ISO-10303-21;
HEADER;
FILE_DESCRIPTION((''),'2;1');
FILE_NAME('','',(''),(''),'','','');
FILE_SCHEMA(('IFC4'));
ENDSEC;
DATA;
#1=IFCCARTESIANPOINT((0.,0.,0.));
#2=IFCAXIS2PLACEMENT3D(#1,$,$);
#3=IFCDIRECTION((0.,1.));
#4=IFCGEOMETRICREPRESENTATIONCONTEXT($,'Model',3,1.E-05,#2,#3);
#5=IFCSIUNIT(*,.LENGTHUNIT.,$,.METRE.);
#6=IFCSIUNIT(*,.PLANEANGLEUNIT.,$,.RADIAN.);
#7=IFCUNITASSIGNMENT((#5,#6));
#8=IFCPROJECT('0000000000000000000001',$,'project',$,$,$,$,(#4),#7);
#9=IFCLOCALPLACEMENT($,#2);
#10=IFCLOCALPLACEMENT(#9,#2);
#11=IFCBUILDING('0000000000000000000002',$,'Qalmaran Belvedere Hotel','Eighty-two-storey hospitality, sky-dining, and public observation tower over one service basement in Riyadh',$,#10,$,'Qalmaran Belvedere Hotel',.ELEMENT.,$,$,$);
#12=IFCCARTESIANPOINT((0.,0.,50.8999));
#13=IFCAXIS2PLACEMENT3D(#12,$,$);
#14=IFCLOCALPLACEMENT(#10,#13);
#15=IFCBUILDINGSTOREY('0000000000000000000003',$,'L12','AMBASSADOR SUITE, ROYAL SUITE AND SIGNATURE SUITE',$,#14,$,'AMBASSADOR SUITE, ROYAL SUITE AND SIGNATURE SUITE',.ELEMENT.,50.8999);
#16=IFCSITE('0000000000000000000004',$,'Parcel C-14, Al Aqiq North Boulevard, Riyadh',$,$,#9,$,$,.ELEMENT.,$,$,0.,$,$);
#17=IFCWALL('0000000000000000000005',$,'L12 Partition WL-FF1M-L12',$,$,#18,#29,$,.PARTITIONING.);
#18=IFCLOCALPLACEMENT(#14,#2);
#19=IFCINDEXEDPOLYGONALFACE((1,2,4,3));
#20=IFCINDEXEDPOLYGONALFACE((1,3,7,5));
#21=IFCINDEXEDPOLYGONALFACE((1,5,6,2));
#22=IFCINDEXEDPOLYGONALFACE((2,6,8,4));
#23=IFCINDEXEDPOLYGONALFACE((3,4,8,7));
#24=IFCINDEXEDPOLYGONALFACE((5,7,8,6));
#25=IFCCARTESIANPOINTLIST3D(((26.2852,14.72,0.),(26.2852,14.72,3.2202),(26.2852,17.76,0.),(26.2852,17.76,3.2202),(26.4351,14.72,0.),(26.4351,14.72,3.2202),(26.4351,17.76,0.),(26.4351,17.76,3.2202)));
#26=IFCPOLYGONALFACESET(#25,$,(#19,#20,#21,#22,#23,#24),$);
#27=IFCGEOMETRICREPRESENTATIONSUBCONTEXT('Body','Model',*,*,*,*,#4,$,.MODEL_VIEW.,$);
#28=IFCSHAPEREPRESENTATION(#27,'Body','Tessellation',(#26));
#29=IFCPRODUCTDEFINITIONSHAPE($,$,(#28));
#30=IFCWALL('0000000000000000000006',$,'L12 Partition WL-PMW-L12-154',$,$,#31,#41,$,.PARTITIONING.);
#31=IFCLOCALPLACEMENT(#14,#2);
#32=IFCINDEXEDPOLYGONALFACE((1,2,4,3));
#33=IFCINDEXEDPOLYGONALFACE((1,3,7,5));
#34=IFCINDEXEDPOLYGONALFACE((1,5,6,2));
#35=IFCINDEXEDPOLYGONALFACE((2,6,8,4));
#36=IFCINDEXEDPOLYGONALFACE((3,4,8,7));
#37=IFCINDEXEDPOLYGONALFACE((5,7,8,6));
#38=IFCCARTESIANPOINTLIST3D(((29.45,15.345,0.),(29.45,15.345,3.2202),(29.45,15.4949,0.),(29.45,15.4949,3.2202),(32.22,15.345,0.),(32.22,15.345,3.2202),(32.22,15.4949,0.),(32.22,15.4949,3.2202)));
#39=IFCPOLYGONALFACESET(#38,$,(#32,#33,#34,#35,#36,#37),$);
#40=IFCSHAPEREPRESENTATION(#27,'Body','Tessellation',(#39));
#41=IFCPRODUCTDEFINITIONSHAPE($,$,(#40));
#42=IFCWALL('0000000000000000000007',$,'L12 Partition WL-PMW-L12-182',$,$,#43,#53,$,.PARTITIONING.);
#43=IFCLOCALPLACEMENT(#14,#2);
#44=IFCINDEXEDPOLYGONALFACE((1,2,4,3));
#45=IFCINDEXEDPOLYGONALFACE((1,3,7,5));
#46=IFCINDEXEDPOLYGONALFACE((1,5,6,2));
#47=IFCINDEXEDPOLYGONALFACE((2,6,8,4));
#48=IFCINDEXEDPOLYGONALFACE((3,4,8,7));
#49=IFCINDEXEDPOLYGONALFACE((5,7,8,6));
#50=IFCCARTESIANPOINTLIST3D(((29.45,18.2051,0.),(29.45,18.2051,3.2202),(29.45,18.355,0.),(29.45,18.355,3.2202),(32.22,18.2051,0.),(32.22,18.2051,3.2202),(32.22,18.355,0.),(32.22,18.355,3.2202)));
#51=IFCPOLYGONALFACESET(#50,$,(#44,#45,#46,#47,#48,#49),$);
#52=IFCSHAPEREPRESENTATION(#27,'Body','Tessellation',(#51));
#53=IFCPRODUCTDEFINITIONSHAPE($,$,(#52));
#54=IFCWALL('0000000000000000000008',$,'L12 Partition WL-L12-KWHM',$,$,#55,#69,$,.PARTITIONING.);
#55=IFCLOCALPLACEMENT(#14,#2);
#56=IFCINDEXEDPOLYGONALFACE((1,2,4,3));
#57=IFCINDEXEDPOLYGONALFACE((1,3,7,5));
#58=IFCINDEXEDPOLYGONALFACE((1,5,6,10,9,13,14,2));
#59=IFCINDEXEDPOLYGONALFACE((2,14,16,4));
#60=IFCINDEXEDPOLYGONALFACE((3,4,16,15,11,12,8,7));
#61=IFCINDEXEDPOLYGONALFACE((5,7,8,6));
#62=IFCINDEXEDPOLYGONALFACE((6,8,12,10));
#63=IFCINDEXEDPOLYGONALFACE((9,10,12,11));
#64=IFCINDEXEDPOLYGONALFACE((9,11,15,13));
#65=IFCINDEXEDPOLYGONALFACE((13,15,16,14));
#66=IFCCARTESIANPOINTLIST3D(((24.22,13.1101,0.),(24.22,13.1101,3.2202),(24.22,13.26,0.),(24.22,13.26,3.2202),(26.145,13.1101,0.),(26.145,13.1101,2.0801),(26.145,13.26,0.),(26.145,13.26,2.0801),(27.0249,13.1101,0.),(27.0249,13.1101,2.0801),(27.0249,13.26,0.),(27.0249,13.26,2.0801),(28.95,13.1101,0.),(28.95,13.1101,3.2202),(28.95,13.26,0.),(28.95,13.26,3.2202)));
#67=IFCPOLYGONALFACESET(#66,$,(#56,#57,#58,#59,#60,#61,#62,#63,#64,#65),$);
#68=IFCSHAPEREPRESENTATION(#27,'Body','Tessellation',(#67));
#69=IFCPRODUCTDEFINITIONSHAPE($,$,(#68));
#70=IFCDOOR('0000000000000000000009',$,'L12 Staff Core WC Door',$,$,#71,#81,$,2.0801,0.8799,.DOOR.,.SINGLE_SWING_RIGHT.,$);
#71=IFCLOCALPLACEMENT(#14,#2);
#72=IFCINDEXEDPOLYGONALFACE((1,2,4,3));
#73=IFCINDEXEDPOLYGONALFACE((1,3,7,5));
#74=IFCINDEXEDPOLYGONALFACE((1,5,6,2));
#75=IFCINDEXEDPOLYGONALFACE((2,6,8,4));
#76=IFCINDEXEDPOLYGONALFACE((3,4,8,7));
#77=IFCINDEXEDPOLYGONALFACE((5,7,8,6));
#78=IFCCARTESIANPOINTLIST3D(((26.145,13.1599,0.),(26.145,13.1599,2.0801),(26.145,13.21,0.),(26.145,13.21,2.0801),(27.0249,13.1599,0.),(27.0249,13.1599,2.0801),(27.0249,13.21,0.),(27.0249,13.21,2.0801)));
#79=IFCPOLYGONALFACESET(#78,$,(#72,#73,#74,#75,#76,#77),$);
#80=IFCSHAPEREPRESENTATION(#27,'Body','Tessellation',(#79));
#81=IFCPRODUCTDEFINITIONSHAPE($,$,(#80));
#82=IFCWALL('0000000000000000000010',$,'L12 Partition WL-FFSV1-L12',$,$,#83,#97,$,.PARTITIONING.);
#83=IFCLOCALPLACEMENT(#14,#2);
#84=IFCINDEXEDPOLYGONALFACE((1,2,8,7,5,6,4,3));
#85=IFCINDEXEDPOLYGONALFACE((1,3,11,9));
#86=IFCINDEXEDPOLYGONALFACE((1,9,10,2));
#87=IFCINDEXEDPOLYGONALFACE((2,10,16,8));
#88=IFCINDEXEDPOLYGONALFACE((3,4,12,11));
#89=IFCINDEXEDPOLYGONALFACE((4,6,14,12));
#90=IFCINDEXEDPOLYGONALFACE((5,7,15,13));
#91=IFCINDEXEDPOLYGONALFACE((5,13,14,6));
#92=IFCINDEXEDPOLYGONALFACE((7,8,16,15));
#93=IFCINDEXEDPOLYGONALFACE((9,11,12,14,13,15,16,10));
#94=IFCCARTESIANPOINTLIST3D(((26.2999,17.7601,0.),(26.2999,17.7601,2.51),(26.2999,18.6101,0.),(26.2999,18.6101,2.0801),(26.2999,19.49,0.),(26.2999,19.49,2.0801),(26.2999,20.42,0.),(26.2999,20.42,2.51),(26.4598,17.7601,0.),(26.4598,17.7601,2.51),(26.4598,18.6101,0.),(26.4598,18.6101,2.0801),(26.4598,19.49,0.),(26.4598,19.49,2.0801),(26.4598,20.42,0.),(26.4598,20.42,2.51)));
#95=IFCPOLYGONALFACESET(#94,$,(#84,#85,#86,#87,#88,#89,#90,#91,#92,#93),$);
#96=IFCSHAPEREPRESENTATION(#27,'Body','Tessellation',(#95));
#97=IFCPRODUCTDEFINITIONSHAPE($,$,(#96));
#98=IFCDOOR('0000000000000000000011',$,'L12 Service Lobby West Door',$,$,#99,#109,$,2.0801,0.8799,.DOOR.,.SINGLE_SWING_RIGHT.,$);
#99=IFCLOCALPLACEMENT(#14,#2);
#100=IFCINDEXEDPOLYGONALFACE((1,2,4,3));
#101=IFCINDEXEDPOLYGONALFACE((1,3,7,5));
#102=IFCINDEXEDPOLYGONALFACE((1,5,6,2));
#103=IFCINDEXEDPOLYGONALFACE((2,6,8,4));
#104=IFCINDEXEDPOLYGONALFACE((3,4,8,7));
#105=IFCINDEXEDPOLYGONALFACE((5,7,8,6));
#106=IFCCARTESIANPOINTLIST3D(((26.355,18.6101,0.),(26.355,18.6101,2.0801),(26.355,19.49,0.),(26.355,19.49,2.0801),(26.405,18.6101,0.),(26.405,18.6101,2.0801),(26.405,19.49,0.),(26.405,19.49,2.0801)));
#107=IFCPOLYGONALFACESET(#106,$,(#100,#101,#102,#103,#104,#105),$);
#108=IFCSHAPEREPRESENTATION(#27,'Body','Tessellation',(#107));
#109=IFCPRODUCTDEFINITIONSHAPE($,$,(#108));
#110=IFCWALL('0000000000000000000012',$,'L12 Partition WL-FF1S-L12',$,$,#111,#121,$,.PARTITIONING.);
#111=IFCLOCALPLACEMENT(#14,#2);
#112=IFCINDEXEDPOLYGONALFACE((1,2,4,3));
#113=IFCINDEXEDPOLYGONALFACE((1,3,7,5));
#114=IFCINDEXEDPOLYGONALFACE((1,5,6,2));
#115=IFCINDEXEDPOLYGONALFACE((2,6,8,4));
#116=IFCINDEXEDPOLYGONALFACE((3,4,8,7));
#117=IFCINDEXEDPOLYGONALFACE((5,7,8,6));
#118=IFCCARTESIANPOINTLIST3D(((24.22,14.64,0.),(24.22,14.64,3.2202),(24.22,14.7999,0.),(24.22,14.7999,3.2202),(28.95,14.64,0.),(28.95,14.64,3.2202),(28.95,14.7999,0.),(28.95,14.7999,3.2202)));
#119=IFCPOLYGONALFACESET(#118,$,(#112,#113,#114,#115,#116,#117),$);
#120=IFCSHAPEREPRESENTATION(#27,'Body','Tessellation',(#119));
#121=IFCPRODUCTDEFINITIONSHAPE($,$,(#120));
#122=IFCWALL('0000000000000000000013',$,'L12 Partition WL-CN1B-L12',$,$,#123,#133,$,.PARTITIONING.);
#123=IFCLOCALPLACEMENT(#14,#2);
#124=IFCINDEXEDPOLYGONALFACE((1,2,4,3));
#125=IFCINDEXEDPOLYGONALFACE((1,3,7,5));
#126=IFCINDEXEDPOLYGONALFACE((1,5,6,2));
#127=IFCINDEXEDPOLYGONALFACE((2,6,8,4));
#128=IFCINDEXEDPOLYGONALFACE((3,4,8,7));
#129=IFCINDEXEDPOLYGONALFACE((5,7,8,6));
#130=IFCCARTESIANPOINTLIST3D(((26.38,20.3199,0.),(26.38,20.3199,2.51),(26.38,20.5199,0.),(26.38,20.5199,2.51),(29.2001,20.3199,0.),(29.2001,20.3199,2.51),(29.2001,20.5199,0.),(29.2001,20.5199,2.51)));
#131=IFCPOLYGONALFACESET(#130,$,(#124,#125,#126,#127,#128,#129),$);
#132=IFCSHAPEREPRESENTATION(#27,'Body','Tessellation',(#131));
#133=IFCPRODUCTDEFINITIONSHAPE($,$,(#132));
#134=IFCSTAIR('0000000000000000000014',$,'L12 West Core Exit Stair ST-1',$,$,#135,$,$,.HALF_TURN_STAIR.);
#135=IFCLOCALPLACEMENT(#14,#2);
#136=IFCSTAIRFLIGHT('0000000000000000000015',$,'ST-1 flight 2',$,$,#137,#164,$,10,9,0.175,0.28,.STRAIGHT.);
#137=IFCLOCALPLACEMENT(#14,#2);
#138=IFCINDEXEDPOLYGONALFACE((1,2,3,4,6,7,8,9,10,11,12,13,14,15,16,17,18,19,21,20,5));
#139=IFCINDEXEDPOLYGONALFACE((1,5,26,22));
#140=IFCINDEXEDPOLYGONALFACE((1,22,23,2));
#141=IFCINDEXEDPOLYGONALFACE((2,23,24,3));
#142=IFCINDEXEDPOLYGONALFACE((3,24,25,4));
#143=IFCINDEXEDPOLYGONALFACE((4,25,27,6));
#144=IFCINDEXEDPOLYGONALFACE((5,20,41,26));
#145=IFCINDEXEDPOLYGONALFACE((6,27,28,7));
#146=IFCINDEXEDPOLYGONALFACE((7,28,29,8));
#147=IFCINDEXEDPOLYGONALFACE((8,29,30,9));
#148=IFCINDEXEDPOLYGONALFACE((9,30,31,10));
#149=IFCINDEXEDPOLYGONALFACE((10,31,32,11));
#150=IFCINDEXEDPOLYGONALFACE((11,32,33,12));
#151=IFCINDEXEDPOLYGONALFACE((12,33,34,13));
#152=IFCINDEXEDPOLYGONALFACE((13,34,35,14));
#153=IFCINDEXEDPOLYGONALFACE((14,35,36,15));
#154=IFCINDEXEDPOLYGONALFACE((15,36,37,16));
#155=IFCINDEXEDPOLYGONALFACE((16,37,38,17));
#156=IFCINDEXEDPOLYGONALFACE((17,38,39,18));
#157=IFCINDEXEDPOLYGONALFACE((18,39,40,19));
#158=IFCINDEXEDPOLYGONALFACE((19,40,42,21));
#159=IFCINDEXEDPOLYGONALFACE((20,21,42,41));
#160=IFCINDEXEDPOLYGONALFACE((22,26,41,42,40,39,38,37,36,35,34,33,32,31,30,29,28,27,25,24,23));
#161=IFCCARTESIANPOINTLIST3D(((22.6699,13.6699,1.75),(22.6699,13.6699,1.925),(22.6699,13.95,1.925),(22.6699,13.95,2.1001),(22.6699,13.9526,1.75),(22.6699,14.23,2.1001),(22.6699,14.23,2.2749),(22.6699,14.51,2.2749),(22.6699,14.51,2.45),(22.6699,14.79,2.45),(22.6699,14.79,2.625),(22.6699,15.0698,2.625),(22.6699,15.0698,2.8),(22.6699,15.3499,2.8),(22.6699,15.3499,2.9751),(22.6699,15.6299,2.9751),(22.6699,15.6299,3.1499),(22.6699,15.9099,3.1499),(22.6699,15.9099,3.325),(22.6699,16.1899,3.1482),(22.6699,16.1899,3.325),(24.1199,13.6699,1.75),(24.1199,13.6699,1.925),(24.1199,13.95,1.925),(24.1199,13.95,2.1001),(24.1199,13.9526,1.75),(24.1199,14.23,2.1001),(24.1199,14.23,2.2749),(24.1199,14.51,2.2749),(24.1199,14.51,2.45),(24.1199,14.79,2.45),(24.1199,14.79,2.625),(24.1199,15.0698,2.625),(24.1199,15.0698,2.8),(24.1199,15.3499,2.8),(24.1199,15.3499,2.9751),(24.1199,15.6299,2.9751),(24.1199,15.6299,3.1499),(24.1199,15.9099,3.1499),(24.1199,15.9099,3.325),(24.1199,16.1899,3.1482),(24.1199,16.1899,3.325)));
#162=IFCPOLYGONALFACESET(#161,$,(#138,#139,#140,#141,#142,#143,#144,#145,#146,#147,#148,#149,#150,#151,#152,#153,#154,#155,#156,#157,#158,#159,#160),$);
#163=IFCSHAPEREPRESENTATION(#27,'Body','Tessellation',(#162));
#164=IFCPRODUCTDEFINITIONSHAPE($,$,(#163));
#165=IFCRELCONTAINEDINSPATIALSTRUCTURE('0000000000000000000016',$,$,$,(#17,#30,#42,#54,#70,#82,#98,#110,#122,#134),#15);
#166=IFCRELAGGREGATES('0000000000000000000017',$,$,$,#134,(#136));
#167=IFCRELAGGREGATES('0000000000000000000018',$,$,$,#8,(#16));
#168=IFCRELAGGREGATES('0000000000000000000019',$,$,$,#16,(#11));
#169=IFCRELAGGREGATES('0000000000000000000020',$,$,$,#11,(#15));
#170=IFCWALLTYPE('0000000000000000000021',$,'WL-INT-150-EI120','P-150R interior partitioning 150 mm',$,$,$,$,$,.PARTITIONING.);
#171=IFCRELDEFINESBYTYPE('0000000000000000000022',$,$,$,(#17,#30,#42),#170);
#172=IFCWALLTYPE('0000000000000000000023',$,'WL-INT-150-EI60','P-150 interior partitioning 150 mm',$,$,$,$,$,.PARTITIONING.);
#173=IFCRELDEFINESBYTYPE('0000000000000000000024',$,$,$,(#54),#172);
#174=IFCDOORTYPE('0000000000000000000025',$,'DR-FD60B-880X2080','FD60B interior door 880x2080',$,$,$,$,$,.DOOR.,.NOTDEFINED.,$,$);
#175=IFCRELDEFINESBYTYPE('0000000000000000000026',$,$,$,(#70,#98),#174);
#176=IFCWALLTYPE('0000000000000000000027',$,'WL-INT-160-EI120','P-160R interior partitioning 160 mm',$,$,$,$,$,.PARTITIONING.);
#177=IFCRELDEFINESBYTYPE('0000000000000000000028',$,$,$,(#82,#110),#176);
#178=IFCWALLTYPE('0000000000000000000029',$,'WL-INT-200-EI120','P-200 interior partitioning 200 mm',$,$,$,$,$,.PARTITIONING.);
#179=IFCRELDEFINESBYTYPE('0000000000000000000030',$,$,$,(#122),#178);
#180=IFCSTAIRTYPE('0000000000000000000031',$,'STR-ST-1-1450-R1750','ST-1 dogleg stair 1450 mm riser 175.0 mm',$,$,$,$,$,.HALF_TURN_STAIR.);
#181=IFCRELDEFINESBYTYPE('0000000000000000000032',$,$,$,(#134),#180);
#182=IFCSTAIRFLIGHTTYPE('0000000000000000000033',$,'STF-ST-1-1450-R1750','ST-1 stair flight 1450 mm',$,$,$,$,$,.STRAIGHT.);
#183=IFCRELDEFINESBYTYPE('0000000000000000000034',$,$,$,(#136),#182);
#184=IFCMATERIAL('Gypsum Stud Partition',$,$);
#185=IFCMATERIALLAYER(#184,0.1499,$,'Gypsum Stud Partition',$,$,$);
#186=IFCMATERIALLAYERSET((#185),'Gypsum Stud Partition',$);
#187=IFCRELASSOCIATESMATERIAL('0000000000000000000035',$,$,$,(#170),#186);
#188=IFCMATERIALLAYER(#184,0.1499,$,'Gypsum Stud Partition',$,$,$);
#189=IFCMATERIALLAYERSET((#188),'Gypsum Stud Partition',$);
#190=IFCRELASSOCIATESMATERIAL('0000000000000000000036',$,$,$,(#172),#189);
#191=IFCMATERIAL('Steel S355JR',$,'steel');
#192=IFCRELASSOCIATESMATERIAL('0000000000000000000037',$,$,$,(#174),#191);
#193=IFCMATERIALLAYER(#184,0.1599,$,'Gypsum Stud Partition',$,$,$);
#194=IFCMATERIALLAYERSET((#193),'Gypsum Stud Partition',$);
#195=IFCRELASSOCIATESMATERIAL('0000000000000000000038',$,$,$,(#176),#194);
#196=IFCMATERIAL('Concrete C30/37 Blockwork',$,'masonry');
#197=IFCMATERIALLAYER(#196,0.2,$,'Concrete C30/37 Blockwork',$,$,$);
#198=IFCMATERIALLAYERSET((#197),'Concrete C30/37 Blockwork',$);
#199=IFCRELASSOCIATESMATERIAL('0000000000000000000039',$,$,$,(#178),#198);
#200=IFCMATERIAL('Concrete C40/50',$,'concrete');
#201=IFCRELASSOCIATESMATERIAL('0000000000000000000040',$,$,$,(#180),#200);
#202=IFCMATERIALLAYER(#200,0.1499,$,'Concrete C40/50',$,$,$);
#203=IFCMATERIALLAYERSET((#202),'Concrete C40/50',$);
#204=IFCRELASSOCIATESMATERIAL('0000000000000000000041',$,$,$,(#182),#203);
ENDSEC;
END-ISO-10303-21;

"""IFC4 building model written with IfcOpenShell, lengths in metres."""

from ifc_helpers import new_model, si_unit, direction, frame, frame_2d, origin, place, context, subcontext, project, spatial, polyline, rectangle, outline, extrude, material, layer, layer_set, type_object, element, fill, aggregate, save


model = new_model("IFC4")

# Units and contexts
model_context = context("Model", 3, precision=1e-05, world=origin(), true_north=direction((0.0, 1.0)))
body_context = subcontext(model_context, "Body", "Model", "MODEL_VIEW")
ifc_project = project(units=[si_unit("LENGTHUNIT", "METRE"), si_unit("PLANEANGLEUNIT", "RADIAN")], contexts=[model_context])

# Site, building, storey
site_placement = place(None, origin())
site = spatial("IfcSite", under=ifc_project, at=site_placement, Name="Parcel C-14, Al Aqiq North Boulevard, Riyadh", CompositionType="ELEMENT", RefElevation=0.0)
building_placement = place(site_placement, origin())
building = spatial("IfcBuilding", under=site, at=building_placement, Name="Qalmaran Belvedere Hotel", Description="Eighty-two-storey hospitality, sky-dining, and public observation tower over one service basement in Riyadh", LongName="Qalmaran Belvedere Hotel", CompositionType="ELEMENT")
storey_placement = place(building_placement, frame((0.0, 0.0, 50.8999)))
storey = spatial("IfcBuildingStorey", under=building, at=storey_placement, Name="L12", Description="AMBASSADOR SUITE, ROYAL SUITE AND SIGNATURE SUITE", LongName="AMBASSADOR SUITE, ROYAL SUITE AND SIGNATURE SUITE", CompositionType="ELEMENT", Elevation=50.8999)

# Walls
ifc_material_1 = material(Name="Gypsum Stud Partition")
ifc_layer_1 = layer(ifc_material_1, 0.1499, Name="Gypsum Stud Partition")
ifc_layer_set_1 = layer_set([ifc_layer_1], Name="Gypsum Stud Partition")
wall_type_1 = type_object("IfcWallType", Name="WL-INT-150-EI120", Description="P-150R interior partitioning 150 mm", PredefinedType="PARTITIONING", material=ifc_layer_set_1)
wall_1_placement = place(storey_placement, frame((26.3601, 14.72, 0.0), z_axis=(0.0, 0.0, 1.0), x_axis=(0.0, 1.0, 0.0)))
element("IfcWall", 1, at=wall_1_placement, inside=storey, type_object=wall_type_1, Name="L12 Partition WL-FF1M-L12", PredefinedType="PARTITIONING", context=body_context, shape_type="SweptSolid", body=[
    extrude(rectangle(XDim=3.04, YDim=0.1499, at=frame_2d((1.52, 0.0))), origin(), (0.0, 0.0, 1.0), 3.2202),
])
for number, where, z_axis, x_axis, name in (
    (2, (29.45, 15.4199, 0.0), (0.0, 0.0, 1.0), (1.0, 0.0, 0.0), "L12 Partition WL-PMW-L12-154"),
    (3, (29.45, 18.28, 0.0), (0.0, 0.0, 1.0), (1.0, 0.0, 0.0), "L12 Partition WL-PMW-L12-182"),
):
    element("IfcWall", number, at=place(storey_placement, frame(where, z_axis=z_axis, x_axis=x_axis)), inside=storey, type_object=wall_type_1, Name=name, PredefinedType="PARTITIONING", context=body_context, shape_type="SweptSolid", body=[
        extrude(rectangle(XDim=2.77, YDim=0.1499, at=frame_2d((1.385, 0.0))), origin(), (0.0, 0.0, 1.0), 3.2202),
    ])

# Walls, openings, doors
ifc_layer_2 = layer(ifc_material_1, 0.1499, Name="Gypsum Stud Partition")
ifc_layer_set_2 = layer_set([ifc_layer_2], Name="Gypsum Stud Partition")
wall_type_2 = type_object("IfcWallType", Name="WL-INT-150-EI60", Description="P-150 interior partitioning 150 mm", PredefinedType="PARTITIONING", material=ifc_layer_set_2)
wall_2_placement = place(storey_placement, frame((24.22, 13.1851, 0.0), z_axis=(0.0, 0.0, 1.0), x_axis=(1.0, 0.0, 0.0)))
wall_2 = element("IfcWall", 4, at=wall_2_placement, inside=storey, type_object=wall_type_2, Name="L12 Partition WL-L12-KWHM", PredefinedType="PARTITIONING", context=body_context, shape_type="SweptSolid", body=[
    extrude(rectangle(XDim=4.73, YDim=0.1499, at=frame_2d((2.365, 0.0))), origin(), (0.0, 0.0, 1.0), 3.2202),
])
opening_1_placement = place(wall_2_placement, frame((1.925, 0.0, 0.0)))
opening_1 = element("IfcOpeningElement", 5, at=opening_1_placement, cuts=wall_2, PredefinedType="OPENING", context=body_context, shape_type="SweptSolid", body=[
    extrude(rectangle(XDim=0.8799, YDim=2.0801, at=frame_2d((0.4399, 1.04))), frame((0.0, 0.085, 0.0), z_axis=(0.0, -1.0, 0.0), x_axis=(1.0, 0.0, 0.0)), (0.0, 0.0, 1.0), 0.1699),
])
ifc_material_2 = material(Name="Steel S355JR", Category="steel")
door_type_1 = type_object("IfcDoorType", Name="DR-FD60B-880X2080", Description="FD60B interior door 880x2080", OperationType="NOTDEFINED", PredefinedType="DOOR", material=ifc_material_2)
door_1_placement = place(opening_1_placement, origin())
door_1 = element("IfcDoor", 6, at=door_1_placement, inside=storey, type_object=door_type_1, Name="L12 Staff Core WC Door", OperationType="SINGLE_SWING_RIGHT", OverallHeight=2.0801, OverallWidth=0.8799, PredefinedType="DOOR", context=body_context, shape_type="SweptSolid", body=[
    extrude(rectangle(XDim=0.8799, YDim=2.0801, at=frame_2d((0.4399, 1.04))), frame((0.0, 0.0249, 0.0), z_axis=(0.0, -1.0, 0.0), x_axis=(1.0, 0.0, 0.0)), (0.0, 0.0, 1.0), 0.05),
])
fill(opening_1, door_1)
ifc_layer_3 = layer(ifc_material_1, 0.1599, Name="Gypsum Stud Partition")
ifc_layer_set_3 = layer_set([ifc_layer_3], Name="Gypsum Stud Partition")
wall_type_3 = type_object("IfcWallType", Name="WL-INT-160-EI120", Description="P-160R interior partitioning 160 mm", PredefinedType="PARTITIONING", material=ifc_layer_set_3)
wall_3_placement = place(storey_placement, frame((26.3799, 17.76, 0.0), z_axis=(0.0, 0.0, 1.0), x_axis=(0.0, 1.0, 0.0)))
wall_3 = element("IfcWall", 7, at=wall_3_placement, inside=storey, type_object=wall_type_3, Name="L12 Partition WL-FFSV1-L12", PredefinedType="PARTITIONING", context=body_context, shape_type="SweptSolid", body=[
    extrude(rectangle(XDim=2.6599, YDim=0.1599, at=frame_2d((1.3301, 0.0))), origin(), (0.0, 0.0, 1.0), 2.51),
])
opening_2_placement = place(wall_3_placement, frame((0.8501, 0.0, 0.0)))
opening_2 = element("IfcOpeningElement", 8, at=opening_2_placement, cuts=wall_3, PredefinedType="OPENING", context=body_context, shape_type="SweptSolid", body=[
    extrude(rectangle(XDim=0.8799, YDim=2.0801, at=frame_2d((0.4399, 1.04))), frame((0.0, 0.0898, 0.0), z_axis=(0.0, -1.0, 0.0), x_axis=(1.0, 0.0, 0.0)), (0.0, 0.0, 1.0), 0.1799),
])
door_2_placement = place(opening_2_placement, origin())
door_2 = element("IfcDoor", 9, at=door_2_placement, inside=storey, type_object=door_type_1, Name="L12 Service Lobby West Door", OperationType="SINGLE_SWING_RIGHT", OverallHeight=2.0801, OverallWidth=0.8799, PredefinedType="DOOR", context=body_context, shape_type="SweptSolid", body=[
    extrude(rectangle(XDim=0.8799, YDim=2.0801, at=frame_2d((0.4399, 1.04))), frame((0.0, 0.0249, 0.0), z_axis=(0.0, -1.0, 0.0), x_axis=(1.0, 0.0, 0.0)), (0.0, 0.0, 1.0), 0.05),
])
fill(opening_2, door_2)

# Walls
wall_4_placement = place(storey_placement, frame((24.22, 14.72, 0.0), z_axis=(0.0, 0.0, 1.0), x_axis=(1.0, 0.0, 0.0)))
element("IfcWall", 10, at=wall_4_placement, inside=storey, type_object=wall_type_3, Name="L12 Partition WL-FF1S-L12", PredefinedType="PARTITIONING", context=body_context, shape_type="SweptSolid", body=[
    extrude(rectangle(XDim=4.73, YDim=0.1599, at=frame_2d((2.365, 0.0))), origin(), (0.0, 0.0, 1.0), 3.2202),
])
ifc_material_3 = material(Name="Concrete C30/37 Blockwork", Category="masonry")
ifc_layer_4 = layer(ifc_material_3, 0.2, Name="Concrete C30/37 Blockwork")
ifc_layer_set_4 = layer_set([ifc_layer_4], Name="Concrete C30/37 Blockwork")
wall_type_4 = type_object("IfcWallType", Name="WL-INT-200-EI120", Description="P-200 interior partitioning 200 mm", PredefinedType="PARTITIONING", material=ifc_layer_set_4)
wall_5_placement = place(storey_placement, frame((26.3799, 20.4199, 0.0), z_axis=(0.0, 0.0, 1.0), x_axis=(1.0, 0.0, 0.0)))
element("IfcWall", 11, at=wall_5_placement, inside=storey, type_object=wall_type_4, Name="L12 Partition WL-CN1B-L12", PredefinedType="PARTITIONING", context=body_context, shape_type="SweptSolid", body=[
    extrude(rectangle(XDim=2.8201, YDim=0.2, at=frame_2d((1.4102, 0.0))), origin(), (0.0, 0.0, 1.0), 2.51),
])

# Stair, stair flight
ifc_material_4 = material(Name="Concrete C40/50", Category="concrete")
stair_type = type_object("IfcStairType", Name="STR-ST-1-1450-R1750", Description="ST-1 dogleg stair 1450 mm riser 175.0 mm", PredefinedType="HALF_TURN_STAIR", material=ifc_material_4)
stair_placement = place(storey_placement, origin())
stair = element("IfcStair", 12, at=stair_placement, inside=storey, type_object=stair_type, Name="L12 West Core Exit Stair ST-1", PredefinedType="HALF_TURN_STAIR")
ifc_layer_5 = layer(ifc_material_4, 0.1499, Name="Concrete C40/50")
ifc_layer_set_5 = layer_set([ifc_layer_5], Name="Concrete C40/50")
stair_flight_type = type_object("IfcStairFlightType", Name="STF-ST-1-1450-R1750", Description="ST-1 stair flight 1450 mm", PredefinedType="STRAIGHT", material=ifc_layer_set_5)
stair_flight_placement = place(storey_placement, frame((23.395, 13.6699, 1.75), z_axis=(0.0, 0.0, 1.0), x_axis=(0.0, 1.0, 0.0)))
stair_flight = element("IfcStairFlight", 13, at=stair_flight_placement, type_object=stair_flight_type, Name="ST-1 flight 2", NumberOfRisers=10, NumberOfTreads=9, PredefinedType="STRAIGHT", RiserHeight=0.175, TreadLength=0.28, context=body_context, shape_type="SweptSolid", body=[
    extrude(outline(polyline([(0.0, 0.0), (0.0, 0.175), (0.28, 0.175), (0.28, 0.3501), (0.5601, 0.3501), (0.5601, 0.5249), (0.8401, 0.5249), (0.8401, 0.7), (1.1201, 0.7), (1.1201, 0.875), (1.3999, 0.875), (1.3999, 1.05), (1.6799, 1.05), (1.6799, 1.2251), (1.96, 1.2251), (1.96, 1.3999), (2.24, 1.3999), (2.24, 1.575), (2.52, 1.575), (2.52, 1.75), (2.52, 1.3982), (0.2827, 0.0), (0.0, 0.0)])), frame((0.0, 0.7251, 0.0), z_axis=(0.0, -1.0, 0.0), x_axis=(1.0, 0.0, 0.0)), (0.0, 0.0, 1.0), 1.45),
])
aggregate(stair, [stair_flight])

save(model, "model.ifc")
